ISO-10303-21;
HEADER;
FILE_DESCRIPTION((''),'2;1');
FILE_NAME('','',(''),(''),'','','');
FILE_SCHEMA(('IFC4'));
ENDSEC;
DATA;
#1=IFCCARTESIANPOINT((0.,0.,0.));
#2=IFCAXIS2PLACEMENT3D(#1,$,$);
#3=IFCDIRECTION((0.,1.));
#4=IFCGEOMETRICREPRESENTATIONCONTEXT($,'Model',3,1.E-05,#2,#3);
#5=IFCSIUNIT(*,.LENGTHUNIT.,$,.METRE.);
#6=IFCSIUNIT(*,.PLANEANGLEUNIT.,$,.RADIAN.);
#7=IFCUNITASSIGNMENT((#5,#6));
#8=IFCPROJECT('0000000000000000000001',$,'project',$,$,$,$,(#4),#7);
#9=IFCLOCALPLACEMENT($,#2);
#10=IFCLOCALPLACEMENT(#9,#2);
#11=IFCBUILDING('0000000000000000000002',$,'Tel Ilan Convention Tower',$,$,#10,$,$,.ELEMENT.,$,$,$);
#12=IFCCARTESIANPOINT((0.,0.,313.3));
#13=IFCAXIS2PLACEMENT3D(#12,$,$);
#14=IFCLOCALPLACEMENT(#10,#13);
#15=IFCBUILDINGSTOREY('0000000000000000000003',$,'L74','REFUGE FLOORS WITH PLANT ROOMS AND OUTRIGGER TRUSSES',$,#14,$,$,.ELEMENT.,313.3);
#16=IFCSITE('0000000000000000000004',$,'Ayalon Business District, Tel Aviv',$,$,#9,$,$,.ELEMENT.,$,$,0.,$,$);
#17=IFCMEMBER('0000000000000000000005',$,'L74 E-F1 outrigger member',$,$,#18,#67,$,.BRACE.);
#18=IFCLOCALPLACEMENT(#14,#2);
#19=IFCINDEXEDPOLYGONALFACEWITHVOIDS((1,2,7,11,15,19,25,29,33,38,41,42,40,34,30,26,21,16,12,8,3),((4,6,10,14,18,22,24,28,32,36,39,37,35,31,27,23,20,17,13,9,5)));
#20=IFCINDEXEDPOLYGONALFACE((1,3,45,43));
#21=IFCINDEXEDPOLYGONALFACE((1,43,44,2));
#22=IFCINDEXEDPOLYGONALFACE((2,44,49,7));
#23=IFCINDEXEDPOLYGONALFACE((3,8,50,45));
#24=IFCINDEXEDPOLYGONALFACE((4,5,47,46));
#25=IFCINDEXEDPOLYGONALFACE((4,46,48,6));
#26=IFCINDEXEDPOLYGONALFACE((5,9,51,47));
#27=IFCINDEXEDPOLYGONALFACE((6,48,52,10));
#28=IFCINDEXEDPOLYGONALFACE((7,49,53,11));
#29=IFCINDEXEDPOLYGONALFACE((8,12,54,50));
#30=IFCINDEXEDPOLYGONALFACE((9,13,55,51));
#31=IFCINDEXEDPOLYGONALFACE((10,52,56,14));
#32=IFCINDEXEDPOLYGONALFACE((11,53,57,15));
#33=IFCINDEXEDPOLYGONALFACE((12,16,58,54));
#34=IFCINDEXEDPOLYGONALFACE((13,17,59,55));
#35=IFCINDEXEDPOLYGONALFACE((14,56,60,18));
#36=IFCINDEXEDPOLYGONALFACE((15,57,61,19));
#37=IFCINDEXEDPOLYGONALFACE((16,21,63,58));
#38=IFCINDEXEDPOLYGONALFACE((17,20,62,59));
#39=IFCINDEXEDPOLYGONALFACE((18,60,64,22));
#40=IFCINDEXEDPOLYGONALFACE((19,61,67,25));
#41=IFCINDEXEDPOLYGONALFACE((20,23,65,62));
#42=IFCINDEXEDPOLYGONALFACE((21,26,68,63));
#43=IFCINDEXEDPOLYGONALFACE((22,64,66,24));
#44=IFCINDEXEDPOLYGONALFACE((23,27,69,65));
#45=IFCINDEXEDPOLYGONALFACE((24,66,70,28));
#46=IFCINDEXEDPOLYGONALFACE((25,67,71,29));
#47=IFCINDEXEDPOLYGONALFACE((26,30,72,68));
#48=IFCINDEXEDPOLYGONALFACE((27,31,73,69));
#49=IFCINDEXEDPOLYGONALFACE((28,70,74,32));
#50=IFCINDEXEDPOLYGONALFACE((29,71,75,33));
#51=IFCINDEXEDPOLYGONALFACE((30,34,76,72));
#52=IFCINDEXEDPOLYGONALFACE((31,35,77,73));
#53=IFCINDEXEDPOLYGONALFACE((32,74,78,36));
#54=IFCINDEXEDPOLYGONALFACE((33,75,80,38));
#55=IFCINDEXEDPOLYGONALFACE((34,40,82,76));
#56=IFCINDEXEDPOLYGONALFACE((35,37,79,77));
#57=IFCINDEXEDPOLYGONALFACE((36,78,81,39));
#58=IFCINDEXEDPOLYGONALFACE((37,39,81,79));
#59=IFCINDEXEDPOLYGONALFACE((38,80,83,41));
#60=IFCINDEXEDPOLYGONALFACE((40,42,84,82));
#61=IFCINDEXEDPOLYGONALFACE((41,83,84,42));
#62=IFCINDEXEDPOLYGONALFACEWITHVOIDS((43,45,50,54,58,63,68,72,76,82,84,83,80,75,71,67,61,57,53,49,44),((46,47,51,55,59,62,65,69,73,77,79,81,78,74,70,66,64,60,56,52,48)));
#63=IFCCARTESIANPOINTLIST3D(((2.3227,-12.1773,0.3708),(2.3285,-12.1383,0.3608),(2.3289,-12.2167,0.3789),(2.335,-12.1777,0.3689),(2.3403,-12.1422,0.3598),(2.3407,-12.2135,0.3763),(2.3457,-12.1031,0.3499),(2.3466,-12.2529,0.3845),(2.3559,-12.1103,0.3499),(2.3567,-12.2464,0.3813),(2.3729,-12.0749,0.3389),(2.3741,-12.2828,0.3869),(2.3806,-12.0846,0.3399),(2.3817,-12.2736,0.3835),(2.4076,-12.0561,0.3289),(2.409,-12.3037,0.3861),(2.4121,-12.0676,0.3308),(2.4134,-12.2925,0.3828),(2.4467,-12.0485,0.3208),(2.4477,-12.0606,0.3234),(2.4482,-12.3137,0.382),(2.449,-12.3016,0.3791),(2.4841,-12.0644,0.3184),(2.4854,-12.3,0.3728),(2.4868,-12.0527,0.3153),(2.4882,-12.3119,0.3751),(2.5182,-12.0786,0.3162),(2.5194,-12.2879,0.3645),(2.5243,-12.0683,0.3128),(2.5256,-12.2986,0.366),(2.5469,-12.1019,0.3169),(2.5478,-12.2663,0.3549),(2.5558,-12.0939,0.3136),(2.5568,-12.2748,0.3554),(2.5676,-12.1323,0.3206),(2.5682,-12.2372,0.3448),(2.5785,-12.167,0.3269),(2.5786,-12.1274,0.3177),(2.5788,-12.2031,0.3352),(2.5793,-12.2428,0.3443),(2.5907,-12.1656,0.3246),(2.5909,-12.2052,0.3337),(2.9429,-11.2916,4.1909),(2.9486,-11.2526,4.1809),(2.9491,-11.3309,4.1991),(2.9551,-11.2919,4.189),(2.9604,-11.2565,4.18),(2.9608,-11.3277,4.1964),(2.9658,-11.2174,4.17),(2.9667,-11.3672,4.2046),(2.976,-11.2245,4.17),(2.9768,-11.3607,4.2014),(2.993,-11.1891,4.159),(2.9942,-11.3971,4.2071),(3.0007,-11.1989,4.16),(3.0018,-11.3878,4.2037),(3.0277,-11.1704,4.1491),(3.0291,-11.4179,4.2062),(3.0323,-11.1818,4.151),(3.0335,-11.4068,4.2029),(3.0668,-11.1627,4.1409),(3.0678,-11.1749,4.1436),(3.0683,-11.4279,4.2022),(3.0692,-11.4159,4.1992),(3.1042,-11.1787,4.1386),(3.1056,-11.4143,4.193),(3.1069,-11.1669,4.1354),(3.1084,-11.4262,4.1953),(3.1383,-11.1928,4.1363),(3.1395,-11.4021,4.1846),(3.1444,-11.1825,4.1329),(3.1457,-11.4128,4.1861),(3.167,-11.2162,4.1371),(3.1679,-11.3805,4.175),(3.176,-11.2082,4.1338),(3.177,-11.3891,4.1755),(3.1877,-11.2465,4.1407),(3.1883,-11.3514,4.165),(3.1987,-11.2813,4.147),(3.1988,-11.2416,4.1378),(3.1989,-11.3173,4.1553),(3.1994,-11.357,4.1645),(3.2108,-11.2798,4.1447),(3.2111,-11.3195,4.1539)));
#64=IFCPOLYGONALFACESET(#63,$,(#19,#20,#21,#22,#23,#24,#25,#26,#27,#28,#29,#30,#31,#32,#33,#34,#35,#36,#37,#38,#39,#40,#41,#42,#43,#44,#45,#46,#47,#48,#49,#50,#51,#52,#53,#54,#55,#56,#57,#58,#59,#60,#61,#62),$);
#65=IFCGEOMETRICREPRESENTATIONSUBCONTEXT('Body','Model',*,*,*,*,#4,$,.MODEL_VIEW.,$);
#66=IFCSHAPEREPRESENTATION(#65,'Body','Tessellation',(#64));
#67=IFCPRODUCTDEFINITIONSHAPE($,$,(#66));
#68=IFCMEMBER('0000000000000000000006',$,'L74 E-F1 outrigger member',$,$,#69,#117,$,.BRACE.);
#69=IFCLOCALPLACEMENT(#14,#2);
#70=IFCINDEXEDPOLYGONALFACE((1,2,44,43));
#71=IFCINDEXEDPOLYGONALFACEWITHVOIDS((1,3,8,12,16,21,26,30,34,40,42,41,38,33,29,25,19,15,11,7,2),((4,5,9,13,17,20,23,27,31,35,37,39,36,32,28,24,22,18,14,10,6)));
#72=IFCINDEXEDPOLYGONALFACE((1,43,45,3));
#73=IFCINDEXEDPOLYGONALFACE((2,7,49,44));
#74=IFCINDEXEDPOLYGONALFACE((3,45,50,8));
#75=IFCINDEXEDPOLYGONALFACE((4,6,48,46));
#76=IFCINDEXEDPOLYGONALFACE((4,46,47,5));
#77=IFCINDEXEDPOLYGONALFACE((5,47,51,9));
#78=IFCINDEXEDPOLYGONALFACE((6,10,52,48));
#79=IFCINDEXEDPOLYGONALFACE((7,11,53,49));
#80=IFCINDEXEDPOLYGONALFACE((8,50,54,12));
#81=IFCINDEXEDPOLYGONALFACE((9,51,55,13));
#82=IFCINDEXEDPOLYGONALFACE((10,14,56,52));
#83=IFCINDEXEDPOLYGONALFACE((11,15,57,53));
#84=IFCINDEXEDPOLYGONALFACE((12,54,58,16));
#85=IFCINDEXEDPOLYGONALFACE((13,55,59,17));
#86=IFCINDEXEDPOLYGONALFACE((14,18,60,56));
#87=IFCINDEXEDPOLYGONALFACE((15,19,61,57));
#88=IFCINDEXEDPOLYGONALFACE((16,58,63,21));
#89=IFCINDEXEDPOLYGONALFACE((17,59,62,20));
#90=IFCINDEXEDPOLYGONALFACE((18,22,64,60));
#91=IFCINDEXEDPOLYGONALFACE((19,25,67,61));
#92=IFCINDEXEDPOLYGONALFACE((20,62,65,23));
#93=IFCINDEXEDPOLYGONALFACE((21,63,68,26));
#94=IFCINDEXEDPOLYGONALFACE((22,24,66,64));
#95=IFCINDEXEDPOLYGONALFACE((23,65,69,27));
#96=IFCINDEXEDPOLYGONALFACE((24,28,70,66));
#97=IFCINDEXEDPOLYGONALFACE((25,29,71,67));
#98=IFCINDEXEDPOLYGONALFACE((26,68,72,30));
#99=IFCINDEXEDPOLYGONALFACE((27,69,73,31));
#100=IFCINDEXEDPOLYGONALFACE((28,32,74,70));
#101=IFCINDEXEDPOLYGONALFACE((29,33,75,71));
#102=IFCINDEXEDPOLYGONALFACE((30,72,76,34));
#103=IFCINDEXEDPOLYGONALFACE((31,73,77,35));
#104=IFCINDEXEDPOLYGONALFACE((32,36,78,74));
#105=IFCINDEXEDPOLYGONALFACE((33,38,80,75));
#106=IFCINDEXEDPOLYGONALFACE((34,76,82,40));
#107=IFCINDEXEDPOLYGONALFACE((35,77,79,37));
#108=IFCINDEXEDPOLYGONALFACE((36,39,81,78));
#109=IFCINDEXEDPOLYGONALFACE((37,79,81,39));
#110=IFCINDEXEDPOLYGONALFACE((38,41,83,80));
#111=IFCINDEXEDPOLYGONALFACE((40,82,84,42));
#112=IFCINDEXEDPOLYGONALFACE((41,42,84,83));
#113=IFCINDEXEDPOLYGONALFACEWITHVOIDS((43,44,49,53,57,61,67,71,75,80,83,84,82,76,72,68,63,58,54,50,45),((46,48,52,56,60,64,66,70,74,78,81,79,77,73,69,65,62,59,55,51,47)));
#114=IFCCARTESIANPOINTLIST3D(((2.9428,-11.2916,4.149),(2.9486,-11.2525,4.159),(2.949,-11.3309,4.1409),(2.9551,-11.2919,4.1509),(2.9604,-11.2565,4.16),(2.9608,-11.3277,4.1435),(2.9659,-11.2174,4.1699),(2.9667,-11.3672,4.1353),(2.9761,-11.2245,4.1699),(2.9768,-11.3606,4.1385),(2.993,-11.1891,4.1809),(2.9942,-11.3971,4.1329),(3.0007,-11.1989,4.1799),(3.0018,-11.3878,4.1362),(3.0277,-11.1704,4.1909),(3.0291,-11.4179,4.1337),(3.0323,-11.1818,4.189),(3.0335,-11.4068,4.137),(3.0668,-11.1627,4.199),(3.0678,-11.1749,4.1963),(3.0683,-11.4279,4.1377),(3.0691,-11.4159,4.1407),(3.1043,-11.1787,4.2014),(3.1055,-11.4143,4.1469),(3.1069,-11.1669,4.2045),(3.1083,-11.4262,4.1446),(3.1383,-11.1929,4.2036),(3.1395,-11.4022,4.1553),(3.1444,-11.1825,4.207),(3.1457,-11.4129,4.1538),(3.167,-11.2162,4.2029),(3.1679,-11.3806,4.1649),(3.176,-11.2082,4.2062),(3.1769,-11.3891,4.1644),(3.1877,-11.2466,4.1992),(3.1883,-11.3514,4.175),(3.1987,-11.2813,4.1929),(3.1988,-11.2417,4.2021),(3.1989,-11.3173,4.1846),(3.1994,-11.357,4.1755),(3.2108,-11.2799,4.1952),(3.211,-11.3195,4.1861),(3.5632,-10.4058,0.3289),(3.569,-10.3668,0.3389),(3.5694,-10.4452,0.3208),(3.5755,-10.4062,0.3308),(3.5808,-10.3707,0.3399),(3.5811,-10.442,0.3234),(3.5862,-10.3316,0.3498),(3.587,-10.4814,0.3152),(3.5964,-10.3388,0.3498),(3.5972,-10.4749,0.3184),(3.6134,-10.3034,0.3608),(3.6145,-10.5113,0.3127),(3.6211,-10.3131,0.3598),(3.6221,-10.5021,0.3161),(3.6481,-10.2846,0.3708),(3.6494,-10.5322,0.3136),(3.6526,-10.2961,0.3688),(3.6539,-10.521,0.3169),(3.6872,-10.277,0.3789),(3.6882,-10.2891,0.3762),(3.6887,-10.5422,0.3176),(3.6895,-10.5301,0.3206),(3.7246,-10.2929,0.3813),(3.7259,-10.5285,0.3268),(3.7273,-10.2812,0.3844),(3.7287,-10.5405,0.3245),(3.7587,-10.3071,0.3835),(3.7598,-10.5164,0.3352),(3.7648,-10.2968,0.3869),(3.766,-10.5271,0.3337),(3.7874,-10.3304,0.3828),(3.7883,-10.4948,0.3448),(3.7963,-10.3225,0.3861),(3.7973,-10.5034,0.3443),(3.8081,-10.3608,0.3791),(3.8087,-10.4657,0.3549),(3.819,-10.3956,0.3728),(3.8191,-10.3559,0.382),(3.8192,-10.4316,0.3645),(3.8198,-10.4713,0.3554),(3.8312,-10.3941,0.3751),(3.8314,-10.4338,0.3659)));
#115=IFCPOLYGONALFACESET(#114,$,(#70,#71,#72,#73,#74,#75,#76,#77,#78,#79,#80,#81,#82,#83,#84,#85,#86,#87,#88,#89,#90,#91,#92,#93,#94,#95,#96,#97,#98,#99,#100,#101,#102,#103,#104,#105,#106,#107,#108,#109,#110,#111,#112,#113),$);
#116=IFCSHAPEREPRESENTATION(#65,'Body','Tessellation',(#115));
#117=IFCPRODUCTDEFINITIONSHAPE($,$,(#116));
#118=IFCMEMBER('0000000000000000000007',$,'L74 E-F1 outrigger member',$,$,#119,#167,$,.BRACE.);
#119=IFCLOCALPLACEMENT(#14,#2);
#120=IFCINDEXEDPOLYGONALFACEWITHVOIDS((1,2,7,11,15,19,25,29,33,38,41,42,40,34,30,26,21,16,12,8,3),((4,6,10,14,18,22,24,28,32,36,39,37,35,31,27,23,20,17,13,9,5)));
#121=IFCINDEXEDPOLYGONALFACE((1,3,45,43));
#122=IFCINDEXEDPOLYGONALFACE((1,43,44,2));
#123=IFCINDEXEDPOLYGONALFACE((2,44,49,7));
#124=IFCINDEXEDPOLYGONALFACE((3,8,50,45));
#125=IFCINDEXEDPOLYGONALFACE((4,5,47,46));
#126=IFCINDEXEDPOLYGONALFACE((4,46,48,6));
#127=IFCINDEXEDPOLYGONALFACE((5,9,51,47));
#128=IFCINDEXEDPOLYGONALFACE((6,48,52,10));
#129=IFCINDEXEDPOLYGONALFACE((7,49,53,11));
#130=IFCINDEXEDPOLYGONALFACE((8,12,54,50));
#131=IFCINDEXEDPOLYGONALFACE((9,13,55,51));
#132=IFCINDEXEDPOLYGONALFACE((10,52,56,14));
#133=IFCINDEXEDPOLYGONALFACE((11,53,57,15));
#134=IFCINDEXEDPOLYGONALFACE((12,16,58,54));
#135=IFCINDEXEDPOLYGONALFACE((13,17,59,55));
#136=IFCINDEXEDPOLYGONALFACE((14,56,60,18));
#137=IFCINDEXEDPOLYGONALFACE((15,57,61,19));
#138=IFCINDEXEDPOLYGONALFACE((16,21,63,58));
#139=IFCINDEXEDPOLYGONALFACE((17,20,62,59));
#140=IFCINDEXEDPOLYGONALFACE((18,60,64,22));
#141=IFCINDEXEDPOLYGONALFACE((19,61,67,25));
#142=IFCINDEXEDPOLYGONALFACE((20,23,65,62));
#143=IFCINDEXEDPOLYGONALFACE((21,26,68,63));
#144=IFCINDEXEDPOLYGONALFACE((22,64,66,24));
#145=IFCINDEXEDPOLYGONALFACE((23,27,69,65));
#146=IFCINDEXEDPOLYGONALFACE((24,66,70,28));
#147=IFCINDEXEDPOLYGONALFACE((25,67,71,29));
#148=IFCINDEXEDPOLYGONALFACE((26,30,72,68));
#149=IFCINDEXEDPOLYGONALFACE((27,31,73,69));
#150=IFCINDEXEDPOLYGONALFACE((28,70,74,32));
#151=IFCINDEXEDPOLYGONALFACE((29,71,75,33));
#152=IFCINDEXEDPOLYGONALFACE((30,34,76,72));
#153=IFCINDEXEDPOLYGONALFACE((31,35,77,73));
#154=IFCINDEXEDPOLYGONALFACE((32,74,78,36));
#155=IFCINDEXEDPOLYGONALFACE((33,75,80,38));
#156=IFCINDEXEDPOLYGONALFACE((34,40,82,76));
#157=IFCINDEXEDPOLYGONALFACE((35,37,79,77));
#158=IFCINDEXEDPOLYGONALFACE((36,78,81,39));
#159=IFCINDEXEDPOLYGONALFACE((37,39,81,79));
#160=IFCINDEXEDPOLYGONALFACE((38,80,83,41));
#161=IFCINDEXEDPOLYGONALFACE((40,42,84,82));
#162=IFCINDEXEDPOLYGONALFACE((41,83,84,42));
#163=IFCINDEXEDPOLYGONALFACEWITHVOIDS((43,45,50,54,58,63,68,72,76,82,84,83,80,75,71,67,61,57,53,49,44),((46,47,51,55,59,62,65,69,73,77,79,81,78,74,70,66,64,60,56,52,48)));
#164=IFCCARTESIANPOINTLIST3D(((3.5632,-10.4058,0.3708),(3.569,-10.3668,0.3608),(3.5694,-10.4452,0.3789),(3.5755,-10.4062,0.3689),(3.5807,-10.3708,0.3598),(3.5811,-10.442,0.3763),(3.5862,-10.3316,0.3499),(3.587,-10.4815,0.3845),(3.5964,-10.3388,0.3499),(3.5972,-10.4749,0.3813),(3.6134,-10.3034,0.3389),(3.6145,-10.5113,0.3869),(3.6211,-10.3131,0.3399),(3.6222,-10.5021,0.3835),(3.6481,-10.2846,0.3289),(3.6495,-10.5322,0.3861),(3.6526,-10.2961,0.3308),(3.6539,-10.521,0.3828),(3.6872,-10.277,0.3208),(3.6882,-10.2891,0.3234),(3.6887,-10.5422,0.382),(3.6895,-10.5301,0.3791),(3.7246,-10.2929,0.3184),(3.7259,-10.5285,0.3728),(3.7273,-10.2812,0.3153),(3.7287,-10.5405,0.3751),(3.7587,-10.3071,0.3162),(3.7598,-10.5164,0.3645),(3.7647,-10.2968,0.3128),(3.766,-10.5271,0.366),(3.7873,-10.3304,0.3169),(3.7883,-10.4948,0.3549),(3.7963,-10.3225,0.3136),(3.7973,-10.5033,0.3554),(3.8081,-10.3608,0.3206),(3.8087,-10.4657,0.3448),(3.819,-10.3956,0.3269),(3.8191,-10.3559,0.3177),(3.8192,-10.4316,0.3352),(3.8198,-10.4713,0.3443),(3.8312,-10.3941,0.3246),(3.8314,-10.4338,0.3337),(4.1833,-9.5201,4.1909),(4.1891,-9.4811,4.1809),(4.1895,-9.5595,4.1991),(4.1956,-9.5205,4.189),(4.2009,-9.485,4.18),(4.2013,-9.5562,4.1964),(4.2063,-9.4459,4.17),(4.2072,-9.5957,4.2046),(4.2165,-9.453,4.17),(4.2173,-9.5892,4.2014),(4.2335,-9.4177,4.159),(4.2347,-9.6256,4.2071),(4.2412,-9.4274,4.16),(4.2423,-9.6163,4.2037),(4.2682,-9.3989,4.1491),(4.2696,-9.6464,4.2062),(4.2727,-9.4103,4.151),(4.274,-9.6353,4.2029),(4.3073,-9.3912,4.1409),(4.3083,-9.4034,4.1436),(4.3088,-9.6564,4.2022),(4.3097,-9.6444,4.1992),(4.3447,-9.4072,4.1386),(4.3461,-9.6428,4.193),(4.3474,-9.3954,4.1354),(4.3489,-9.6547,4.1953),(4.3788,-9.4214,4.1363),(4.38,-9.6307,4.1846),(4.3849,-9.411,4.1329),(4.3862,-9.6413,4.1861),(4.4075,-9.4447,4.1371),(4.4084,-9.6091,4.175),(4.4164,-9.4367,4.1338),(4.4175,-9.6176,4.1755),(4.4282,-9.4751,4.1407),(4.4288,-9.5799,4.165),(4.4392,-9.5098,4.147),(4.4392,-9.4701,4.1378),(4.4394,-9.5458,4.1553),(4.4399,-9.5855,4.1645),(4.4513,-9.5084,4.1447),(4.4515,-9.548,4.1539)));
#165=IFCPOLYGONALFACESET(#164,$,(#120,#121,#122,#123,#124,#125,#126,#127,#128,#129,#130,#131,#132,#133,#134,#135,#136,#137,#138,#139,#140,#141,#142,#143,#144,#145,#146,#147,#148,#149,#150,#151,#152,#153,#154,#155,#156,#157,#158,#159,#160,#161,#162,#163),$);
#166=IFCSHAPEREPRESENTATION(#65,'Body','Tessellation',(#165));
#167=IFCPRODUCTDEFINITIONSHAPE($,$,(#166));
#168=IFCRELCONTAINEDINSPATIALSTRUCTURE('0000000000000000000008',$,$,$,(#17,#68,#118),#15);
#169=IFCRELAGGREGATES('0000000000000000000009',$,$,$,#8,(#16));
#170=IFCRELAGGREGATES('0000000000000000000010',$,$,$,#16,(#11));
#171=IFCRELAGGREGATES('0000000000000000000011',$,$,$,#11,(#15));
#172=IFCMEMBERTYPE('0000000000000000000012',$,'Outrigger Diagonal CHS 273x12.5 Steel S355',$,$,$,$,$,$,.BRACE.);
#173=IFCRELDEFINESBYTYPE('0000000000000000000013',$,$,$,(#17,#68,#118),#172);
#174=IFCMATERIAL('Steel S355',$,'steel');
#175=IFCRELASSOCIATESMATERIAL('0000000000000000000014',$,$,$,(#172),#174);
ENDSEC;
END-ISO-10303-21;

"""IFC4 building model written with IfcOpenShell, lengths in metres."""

from ifc_helpers import new_model, si_unit, direction, frame, origin, origin_2d, place, context, subcontext, project, spatial, hollow_circle, extrude, material, material_profile, profile_set, type_object, element, save


model = new_model("IFC4")

# Units and contexts
model_context = context("Model", 3, precision=1e-05, world=origin(), true_north=direction((0.0, 1.0)))
body_context = subcontext(model_context, "Body", "Model", "MODEL_VIEW")
ifc_project = project(units=[si_unit("LENGTHUNIT", "METRE"), si_unit("PLANEANGLEUNIT", "RADIAN")], contexts=[model_context])

# Site, building, storey
site_placement = place(None, origin())
site = spatial("IfcSite", under=ifc_project, at=site_placement, Name="Ayalon Business District, Tel Aviv", CompositionType="ELEMENT", RefElevation=0.0)
building_placement = place(site_placement, origin())
building = spatial("IfcBuilding", under=site, at=building_placement, Name="Tel Ilan Convention Tower", CompositionType="ELEMENT")
storey_placement = place(building_placement, frame((0.0, 0.0, 313.3)))
storey = spatial("IfcBuildingStorey", under=building, at=storey_placement, Name="L74", Description="REFUGE FLOORS WITH PLANT ROOMS AND OUTRIGGER TRUSSES", CompositionType="ELEMENT", Elevation=313.3)

# Members
ifc_material_1 = material(Name="Steel S355", Category="steel")
ifc_material_profile_1 = material_profile(ifc_material_1, hollow_circle(Radius=0.1365, WallThickness=0.0125, at=origin_2d()), Name="CHS 273x12.5")
ifc_profile_set_1 = profile_set([ifc_material_profile_1], Name="Steel S355")
member_type_1 = type_object("IfcMemberType", Name="Outrigger Diagonal CHS 273x12.5 Steel S355", PredefinedType="BRACE", material=ifc_profile_set_1)
for number, where, z_axis, x_axis, name in (
    (1, (2.4575, -12.1814, 0.3499), (0.156195, 0.223101, 0.9622), (-0.819189, 0.573523, 0.0), "L74 E-F1 outrigger member"),
    (2, (3.0776, -11.2957, 4.1699), (0.156255, 0.223099, -0.962191), (-0.819083, 0.573674, 0.0), "L74 E-F1 outrigger member"),
    (3, (3.698, -10.4099, 0.3499), (0.156195, 0.223101, 0.9622), (-0.819189, 0.573523, 0.0), "L74 E-F1 outrigger member"),
):
    element("IfcMember", number, at=place(storey_placement, frame(where, z_axis=z_axis, x_axis=x_axis)), inside=storey, type_object=member_type_1, Name=name, PredefinedType="BRACE", context=body_context, shape_type="SweptSolid", body=[
        extrude(hollow_circle(Radius=0.1365, WallThickness=0.0125, at=origin_2d()), origin(), (0.0, 0.0, 1.0), 3.9702),
    ])

save(model, "model.ifc")
